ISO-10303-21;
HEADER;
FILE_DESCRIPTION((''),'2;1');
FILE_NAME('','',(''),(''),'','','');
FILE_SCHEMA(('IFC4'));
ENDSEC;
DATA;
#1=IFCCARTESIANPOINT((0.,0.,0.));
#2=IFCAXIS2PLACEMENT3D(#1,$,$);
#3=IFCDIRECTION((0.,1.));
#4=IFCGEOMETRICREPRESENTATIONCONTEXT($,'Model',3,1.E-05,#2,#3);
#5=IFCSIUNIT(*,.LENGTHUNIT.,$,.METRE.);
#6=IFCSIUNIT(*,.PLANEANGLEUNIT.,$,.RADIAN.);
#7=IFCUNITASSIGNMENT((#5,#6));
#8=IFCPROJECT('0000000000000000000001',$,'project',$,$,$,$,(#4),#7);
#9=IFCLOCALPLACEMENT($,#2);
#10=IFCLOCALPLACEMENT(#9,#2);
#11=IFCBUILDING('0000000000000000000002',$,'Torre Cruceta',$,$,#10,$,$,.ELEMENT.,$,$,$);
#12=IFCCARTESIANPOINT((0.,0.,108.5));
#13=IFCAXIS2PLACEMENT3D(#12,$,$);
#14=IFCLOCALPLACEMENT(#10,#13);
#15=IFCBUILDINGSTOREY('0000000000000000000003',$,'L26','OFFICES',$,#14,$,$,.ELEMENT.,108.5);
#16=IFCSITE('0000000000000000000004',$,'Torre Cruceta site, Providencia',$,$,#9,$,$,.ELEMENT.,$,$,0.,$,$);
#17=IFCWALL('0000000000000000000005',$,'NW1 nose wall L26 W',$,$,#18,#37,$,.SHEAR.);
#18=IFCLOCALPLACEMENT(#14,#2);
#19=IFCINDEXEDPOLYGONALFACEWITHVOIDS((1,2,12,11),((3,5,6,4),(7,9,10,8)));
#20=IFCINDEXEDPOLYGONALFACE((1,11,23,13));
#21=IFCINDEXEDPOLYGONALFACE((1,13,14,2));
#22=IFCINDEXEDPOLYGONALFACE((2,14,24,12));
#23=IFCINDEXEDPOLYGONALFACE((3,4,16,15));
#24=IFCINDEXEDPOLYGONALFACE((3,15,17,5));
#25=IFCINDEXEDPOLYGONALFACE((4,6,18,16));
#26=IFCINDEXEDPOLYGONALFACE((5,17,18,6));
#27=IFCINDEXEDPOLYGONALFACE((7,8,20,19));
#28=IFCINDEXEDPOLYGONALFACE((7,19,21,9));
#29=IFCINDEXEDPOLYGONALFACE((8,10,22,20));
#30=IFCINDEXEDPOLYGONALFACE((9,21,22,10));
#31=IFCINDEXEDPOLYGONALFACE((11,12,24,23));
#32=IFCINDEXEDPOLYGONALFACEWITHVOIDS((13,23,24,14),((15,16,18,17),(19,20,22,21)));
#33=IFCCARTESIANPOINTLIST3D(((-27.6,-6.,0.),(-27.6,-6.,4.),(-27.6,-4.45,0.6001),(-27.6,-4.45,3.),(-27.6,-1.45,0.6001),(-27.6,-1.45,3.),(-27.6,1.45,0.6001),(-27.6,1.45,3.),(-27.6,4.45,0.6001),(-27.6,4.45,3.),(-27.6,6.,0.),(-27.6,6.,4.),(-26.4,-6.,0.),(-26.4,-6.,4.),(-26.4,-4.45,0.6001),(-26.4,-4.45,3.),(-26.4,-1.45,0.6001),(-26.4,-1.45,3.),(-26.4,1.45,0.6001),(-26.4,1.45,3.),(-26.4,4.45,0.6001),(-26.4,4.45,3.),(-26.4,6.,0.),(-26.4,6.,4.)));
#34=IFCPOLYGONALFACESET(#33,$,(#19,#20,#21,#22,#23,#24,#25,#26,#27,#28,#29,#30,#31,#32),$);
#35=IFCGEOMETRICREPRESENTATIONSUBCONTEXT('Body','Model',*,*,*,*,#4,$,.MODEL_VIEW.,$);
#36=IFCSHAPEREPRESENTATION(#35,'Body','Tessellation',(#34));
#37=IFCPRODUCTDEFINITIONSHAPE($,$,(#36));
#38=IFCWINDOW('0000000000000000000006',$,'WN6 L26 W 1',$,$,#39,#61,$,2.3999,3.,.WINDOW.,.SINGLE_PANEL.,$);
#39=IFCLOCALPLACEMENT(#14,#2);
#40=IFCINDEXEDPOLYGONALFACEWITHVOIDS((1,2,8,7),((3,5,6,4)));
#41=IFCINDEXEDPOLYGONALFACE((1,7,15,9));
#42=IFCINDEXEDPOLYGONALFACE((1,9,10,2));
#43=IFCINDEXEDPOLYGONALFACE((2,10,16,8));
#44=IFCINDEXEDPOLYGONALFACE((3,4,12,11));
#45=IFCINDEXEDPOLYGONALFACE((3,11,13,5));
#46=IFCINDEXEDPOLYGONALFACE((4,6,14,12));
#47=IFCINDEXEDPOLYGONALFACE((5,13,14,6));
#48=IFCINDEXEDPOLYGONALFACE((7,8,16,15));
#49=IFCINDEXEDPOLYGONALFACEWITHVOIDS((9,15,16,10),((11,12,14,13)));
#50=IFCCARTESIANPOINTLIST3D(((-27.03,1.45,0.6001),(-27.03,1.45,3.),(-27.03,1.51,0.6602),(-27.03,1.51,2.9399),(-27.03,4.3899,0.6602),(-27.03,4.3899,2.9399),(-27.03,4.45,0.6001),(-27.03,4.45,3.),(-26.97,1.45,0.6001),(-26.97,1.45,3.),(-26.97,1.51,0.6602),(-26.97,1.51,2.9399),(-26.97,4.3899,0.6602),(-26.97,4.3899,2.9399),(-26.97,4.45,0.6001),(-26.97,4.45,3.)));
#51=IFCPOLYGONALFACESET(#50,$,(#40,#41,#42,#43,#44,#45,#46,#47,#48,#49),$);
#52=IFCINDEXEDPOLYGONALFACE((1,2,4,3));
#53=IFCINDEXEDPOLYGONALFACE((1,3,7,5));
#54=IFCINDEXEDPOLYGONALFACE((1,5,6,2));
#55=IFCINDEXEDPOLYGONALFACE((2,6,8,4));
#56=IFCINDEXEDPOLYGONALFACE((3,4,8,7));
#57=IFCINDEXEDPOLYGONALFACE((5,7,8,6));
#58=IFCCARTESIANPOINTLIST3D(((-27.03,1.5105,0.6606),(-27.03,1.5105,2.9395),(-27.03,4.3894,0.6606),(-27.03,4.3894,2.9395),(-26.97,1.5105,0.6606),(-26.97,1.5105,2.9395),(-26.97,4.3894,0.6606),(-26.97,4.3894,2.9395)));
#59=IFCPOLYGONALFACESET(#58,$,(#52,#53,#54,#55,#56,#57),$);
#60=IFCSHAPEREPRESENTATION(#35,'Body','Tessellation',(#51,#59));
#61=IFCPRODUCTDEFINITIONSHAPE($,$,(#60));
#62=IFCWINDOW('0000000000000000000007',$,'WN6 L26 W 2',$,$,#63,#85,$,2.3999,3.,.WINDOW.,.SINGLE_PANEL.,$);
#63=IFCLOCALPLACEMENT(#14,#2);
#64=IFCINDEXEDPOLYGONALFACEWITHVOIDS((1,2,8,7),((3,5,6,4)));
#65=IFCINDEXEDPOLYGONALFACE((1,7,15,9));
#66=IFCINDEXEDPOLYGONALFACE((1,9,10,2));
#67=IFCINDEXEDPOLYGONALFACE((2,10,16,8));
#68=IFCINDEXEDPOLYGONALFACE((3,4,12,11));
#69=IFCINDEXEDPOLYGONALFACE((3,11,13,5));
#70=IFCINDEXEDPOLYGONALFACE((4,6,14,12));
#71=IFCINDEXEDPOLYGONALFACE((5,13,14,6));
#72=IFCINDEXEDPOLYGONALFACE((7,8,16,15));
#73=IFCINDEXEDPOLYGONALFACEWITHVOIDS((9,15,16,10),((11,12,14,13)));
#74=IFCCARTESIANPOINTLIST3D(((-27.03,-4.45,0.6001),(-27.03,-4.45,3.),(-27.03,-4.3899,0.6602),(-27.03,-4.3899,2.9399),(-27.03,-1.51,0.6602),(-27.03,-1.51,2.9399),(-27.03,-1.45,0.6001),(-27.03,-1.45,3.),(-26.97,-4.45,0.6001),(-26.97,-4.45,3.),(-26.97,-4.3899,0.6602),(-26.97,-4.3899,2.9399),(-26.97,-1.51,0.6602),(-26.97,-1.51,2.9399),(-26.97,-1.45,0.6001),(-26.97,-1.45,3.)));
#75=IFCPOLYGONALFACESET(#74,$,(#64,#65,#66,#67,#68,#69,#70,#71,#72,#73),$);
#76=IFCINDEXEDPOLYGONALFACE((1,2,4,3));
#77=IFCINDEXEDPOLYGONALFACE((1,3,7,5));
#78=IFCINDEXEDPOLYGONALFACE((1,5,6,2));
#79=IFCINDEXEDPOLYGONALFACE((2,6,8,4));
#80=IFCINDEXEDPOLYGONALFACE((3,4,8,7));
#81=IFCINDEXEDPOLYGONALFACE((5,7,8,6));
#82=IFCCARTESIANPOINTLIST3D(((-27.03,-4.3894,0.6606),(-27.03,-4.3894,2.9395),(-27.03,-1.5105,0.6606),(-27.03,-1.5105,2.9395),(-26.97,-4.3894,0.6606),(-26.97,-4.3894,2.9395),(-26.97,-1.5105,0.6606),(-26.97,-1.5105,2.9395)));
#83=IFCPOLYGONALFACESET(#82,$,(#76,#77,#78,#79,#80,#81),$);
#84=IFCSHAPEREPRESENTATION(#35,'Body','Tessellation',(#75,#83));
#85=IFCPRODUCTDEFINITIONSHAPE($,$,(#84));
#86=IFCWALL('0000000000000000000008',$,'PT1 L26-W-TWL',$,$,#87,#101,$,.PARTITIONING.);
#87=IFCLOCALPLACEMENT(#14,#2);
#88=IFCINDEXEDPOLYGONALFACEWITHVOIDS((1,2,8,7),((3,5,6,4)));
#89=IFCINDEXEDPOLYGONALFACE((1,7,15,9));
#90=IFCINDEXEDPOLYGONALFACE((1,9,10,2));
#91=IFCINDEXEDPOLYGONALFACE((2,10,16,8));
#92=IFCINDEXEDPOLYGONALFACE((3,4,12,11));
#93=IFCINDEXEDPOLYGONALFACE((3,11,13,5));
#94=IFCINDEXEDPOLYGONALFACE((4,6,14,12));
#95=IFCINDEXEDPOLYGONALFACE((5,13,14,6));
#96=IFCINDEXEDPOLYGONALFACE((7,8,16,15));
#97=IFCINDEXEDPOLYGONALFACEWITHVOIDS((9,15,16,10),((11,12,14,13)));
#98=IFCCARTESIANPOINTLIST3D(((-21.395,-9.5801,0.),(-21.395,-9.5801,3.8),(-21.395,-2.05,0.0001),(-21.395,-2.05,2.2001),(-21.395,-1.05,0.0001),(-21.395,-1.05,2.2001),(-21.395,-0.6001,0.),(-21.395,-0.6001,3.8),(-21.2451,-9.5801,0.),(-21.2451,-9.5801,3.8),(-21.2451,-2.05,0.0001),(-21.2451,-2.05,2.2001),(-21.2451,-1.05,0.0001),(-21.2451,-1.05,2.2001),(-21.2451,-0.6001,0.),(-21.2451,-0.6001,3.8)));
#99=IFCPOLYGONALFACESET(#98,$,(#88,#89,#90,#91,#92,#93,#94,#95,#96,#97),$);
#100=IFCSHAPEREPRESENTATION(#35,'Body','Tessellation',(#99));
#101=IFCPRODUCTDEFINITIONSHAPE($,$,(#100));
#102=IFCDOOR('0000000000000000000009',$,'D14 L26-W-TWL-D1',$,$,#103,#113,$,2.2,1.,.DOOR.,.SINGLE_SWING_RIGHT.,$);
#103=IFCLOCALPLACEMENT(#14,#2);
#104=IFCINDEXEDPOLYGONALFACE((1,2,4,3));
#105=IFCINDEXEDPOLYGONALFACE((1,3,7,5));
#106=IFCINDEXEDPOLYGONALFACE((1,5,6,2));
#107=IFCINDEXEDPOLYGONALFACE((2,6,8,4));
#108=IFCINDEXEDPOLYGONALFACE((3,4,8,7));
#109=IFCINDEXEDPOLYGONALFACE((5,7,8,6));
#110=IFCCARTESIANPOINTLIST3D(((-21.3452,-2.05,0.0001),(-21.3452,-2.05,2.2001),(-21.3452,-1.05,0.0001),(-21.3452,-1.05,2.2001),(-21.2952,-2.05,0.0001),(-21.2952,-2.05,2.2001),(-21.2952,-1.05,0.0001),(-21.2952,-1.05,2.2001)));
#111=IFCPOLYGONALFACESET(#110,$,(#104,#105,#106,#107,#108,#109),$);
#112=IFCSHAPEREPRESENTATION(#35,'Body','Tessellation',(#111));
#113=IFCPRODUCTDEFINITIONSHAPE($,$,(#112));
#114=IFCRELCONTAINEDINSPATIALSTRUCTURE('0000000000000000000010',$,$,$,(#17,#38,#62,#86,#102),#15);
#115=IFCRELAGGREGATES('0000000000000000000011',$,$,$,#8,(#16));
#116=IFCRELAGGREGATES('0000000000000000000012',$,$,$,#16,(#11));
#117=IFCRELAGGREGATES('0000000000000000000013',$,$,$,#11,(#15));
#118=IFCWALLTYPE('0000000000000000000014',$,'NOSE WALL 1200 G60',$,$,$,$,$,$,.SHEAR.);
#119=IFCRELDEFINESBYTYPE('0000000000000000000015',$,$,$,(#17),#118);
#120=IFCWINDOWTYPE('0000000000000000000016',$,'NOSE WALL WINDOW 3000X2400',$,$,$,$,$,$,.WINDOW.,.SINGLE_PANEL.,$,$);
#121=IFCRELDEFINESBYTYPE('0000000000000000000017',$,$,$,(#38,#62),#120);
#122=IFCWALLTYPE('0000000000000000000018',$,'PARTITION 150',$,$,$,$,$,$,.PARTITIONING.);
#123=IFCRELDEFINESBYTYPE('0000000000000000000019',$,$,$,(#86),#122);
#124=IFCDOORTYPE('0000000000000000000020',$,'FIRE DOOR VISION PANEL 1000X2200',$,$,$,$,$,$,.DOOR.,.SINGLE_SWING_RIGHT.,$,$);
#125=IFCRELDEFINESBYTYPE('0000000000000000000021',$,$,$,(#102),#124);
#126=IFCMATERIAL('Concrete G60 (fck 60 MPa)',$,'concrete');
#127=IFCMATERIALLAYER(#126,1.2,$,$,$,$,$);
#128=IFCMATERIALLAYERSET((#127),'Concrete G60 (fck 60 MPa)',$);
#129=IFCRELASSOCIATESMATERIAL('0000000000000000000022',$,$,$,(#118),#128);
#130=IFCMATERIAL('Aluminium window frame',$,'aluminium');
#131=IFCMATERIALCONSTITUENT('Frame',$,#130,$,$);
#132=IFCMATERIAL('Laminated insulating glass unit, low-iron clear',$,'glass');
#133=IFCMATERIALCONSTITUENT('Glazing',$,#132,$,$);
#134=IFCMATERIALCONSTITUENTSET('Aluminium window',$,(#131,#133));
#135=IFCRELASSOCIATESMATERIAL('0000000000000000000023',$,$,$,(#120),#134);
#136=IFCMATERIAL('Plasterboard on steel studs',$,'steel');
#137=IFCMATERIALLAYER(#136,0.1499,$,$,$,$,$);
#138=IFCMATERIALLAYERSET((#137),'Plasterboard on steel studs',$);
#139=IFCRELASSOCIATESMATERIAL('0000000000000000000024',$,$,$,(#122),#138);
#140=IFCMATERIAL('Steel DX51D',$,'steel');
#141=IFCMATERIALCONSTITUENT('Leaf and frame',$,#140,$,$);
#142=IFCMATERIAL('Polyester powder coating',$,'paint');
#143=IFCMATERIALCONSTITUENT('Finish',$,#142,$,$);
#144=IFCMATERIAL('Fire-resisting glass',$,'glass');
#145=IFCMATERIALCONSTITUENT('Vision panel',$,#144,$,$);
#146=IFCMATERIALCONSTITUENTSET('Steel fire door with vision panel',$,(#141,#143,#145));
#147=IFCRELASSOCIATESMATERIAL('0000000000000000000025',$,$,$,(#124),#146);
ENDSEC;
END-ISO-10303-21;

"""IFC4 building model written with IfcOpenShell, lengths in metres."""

from ifc_helpers import new_model, si_unit, direction, frame, frame_2d, origin, place, context, subcontext, project, spatial, rectangle, hollow_rectangle, extrude, material, layer, layer_set, constituent, constituent_set, type_object, element, fill, save


model = new_model("IFC4")

# Units and contexts
model_context = context("Model", 3, precision=1e-05, world=origin(), true_north=direction((0.0, 1.0)))
body_context = subcontext(model_context, "Body", "Model", "MODEL_VIEW")
ifc_project = project(units=[si_unit("LENGTHUNIT", "METRE"), si_unit("PLANEANGLEUNIT", "RADIAN")], contexts=[model_context])

# Site, building, storey
site_placement = place(None, origin())
site = spatial("IfcSite", under=ifc_project, at=site_placement, Name="Torre Cruceta site, Providencia", CompositionType="ELEMENT", RefElevation=0.0)
building_placement = place(site_placement, origin())
building = spatial("IfcBuilding", under=site, at=building_placement, Name="Torre Cruceta", CompositionType="ELEMENT")
storey_placement = place(building_placement, frame((0.0, 0.0, 108.5)))
storey = spatial("IfcBuildingStorey", under=building, at=storey_placement, Name="L26", Description="OFFICES", CompositionType="ELEMENT", Elevation=108.5)

# Wall, openings, windows
ifc_material_1 = material(Name="Concrete G60 (fck 60 MPa)", Category="concrete")
ifc_layer_1 = layer(ifc_material_1, 1.2)
ifc_layer_set_1 = layer_set([ifc_layer_1], Name="Concrete G60 (fck 60 MPa)")
wall_type_1 = type_object("IfcWallType", Name="NOSE WALL 1200 G60", PredefinedType="SHEAR", material=ifc_layer_set_1)
wall_1_placement = place(storey_placement, frame((-27.0, 6.0, 0.0), z_axis=(0.0, 0.0, 1.0), x_axis=(0.0, -1.0, 0.0)))
wall_1 = element("IfcWall", 1, at=wall_1_placement, inside=storey, type_object=wall_type_1, Name="NW1 nose wall L26 W", PredefinedType="SHEAR", context=body_context, shape_type="SweptSolid", body=[
    extrude(rectangle(XDim=12.0, YDim=1.2, at=frame_2d((6.0, 0.0))), origin(), (0.0, 0.0, 1.0), 4.0),
])
opening_1_placement = place(wall_1_placement, frame((1.55, 0.0, 0.6001)))
opening_1 = element("IfcOpeningElement", 2, at=opening_1_placement, cuts=wall_1, PredefinedType="OPENING", context=body_context, shape_type="SweptSolid", body=[
    extrude(rectangle(XDim=3.0, YDim=2.3999, at=frame_2d((1.5, 1.2))), frame((0.0, 0.6099, 0.0), z_axis=(0.0, -1.0, 0.0), x_axis=(1.0, 0.0, 0.0)), (0.0, 0.0, 1.0), 1.22),
])
opening_2_placement = place(wall_1_placement, frame((7.45, 0.0, 0.6001)))
opening_2 = element("IfcOpeningElement", 3, at=opening_2_placement, cuts=wall_1, PredefinedType="OPENING", context=body_context, shape_type="SweptSolid", body=[
    extrude(rectangle(XDim=3.0, YDim=2.3999, at=frame_2d((1.5, 1.2))), frame((0.0, 0.6099, 0.0), z_axis=(0.0, -1.0, 0.0), x_axis=(1.0, 0.0, 0.0)), (0.0, 0.0, 1.0), 1.22),
])
ifc_material_2 = material(Name="Aluminium window frame", Category="aluminium")
ifc_constituent_1 = constituent(ifc_material_2, Name="Frame")
ifc_material_3 = material(Name="Laminated insulating glass unit, low-iron clear", Category="glass")
ifc_constituent_2 = constituent(ifc_material_3, Name="Glazing")
ifc_constituent_set_1 = constituent_set(constituents=[ifc_constituent_1, ifc_constituent_2], Name="Aluminium window")
window_type_1 = type_object("IfcWindowType", Name="NOSE WALL WINDOW 3000X2400", PartitioningType="SINGLE_PANEL", PredefinedType="WINDOW", material=ifc_constituent_set_1)
window_1_placement = place(opening_1_placement, origin())
window_1 = element("IfcWindow", 4, at=window_1_placement, inside=storey, type_object=window_type_1, Name="WN6 L26 W 1", OverallHeight=2.3999, OverallWidth=3.0, PartitioningType="SINGLE_PANEL", PredefinedType="WINDOW", context=body_context, shape_type="SweptSolid", body=[
    extrude(hollow_rectangle(XDim=3.0, YDim=2.3999, WallThickness=0.0601, at=frame_2d((1.5, 1.2))), frame((0.0, 0.03, 0.0), z_axis=(0.0, -1.0, 0.0), x_axis=(1.0, 0.0, 0.0)), (0.0, 0.0, 1.0), 0.0601),
    extrude(rectangle(XDim=2.8789, YDim=2.2788, at=frame_2d((1.5, 1.2))), frame((0.0, 0.03, 0.0), z_axis=(0.0, -1.0, 0.0), x_axis=(1.0, 0.0, 0.0)), (0.0, 0.0, 1.0), 0.0601),
])
fill(opening_1, window_1)
window_2_placement = place(opening_2_placement, origin())
window_2 = element("IfcWindow", 5, at=window_2_placement, inside=storey, type_object=window_type_1, Name="WN6 L26 W 2", OverallHeight=2.3999, OverallWidth=3.0, PartitioningType="SINGLE_PANEL", PredefinedType="WINDOW", context=body_context, shape_type="SweptSolid", body=[
    extrude(hollow_rectangle(XDim=3.0, YDim=2.3999, WallThickness=0.0601, at=frame_2d((1.5, 1.2))), frame((0.0, 0.03, 0.0), z_axis=(0.0, -1.0, 0.0), x_axis=(1.0, 0.0, 0.0)), (0.0, 0.0, 1.0), 0.0601),
    extrude(rectangle(XDim=2.8789, YDim=2.2788, at=frame_2d((1.5, 1.2))), frame((0.0, 0.03, 0.0), z_axis=(0.0, -1.0, 0.0), x_axis=(1.0, 0.0, 0.0)), (0.0, 0.0, 1.0), 0.0601),
])
fill(opening_2, window_2)

# Wall, opening, door
ifc_material_4 = material(Name="Plasterboard on steel studs", Category="steel")
ifc_layer_2 = layer(ifc_material_4, 0.1499)
ifc_layer_set_2 = layer_set([ifc_layer_2], Name="Plasterboard on steel studs")
wall_type_2 = type_object("IfcWallType", Name="PARTITION 150", PredefinedType="PARTITIONING", material=ifc_layer_set_2)
wall_2_placement = place(storey_placement, frame((-21.3201, -0.6001, 0.0), z_axis=(0.0, 0.0, 1.0), x_axis=(0.0, -1.0, 0.0)))
wall_2 = element("IfcWall", 6, at=wall_2_placement, inside=storey, type_object=wall_type_2, Name="PT1 L26-W-TWL", PredefinedType="PARTITIONING", context=body_context, shape_type="SweptSolid", body=[
    extrude(rectangle(XDim=8.98, YDim=0.1499, at=frame_2d((4.49, 0.0))), origin(), (0.0, 0.0, 1.0), 3.8),
])
opening_3_placement = place(wall_2_placement, frame((0.45, 0.0, 0.0)))
opening_3 = element("IfcOpeningElement", 7, at=opening_3_placement, cuts=wall_2, PredefinedType="OPENING", context=body_context, shape_type="SweptSolid", body=[
    extrude(rectangle(XDim=1.0, YDim=2.2, at=frame_2d((0.5, 1.1001))), frame((0.0, 0.085, 0.0), z_axis=(0.0, -1.0, 0.0), x_axis=(1.0, 0.0, 0.0)), (0.0, 0.0, 1.0), 0.1699),
])
ifc_material_5 = material(Name="Steel DX51D", Category="steel")
ifc_constituent_3 = constituent(ifc_material_5, Name="Leaf and frame")
ifc_material_6 = material(Name="Polyester powder coating", Category="paint")
ifc_constituent_4 = constituent(ifc_material_6, Name="Finish")
ifc_material_7 = material(Name="Fire-resisting glass", Category="glass")
ifc_constituent_5 = constituent(ifc_material_7, Name="Vision panel")
ifc_constituent_set_2 = constituent_set(constituents=[ifc_constituent_3, ifc_constituent_4, ifc_constituent_5], Name="Steel fire door with vision panel")
door_type = type_object("IfcDoorType", Name="FIRE DOOR VISION PANEL 1000X2200", OperationType="SINGLE_SWING_RIGHT", PredefinedType="DOOR", material=ifc_constituent_set_2)
door_placement = place(opening_3_placement, frame((1.0, 0.0, 0.0), z_axis=(0.0, 0.0, 1.0), x_axis=(-1.0, 0.0, 0.0)))
door = element("IfcDoor", 8, at=door_placement, inside=storey, type_object=door_type, Name="D14 L26-W-TWL-D1", OperationType="SINGLE_SWING_RIGHT", OverallHeight=2.2, OverallWidth=1.0, PredefinedType="DOOR", context=body_context, shape_type="SweptSolid", body=[
    extrude(rectangle(XDim=1.0, YDim=2.2, at=frame_2d((0.5, 1.1001))), frame((0.0, 0.0251, 0.0), z_axis=(0.0, -1.0, 0.0), x_axis=(1.0, 0.0, 0.0)), (0.0, 0.0, 1.0), 0.05),
])
fill(opening_3, door)

save(model, "model.ifc")
